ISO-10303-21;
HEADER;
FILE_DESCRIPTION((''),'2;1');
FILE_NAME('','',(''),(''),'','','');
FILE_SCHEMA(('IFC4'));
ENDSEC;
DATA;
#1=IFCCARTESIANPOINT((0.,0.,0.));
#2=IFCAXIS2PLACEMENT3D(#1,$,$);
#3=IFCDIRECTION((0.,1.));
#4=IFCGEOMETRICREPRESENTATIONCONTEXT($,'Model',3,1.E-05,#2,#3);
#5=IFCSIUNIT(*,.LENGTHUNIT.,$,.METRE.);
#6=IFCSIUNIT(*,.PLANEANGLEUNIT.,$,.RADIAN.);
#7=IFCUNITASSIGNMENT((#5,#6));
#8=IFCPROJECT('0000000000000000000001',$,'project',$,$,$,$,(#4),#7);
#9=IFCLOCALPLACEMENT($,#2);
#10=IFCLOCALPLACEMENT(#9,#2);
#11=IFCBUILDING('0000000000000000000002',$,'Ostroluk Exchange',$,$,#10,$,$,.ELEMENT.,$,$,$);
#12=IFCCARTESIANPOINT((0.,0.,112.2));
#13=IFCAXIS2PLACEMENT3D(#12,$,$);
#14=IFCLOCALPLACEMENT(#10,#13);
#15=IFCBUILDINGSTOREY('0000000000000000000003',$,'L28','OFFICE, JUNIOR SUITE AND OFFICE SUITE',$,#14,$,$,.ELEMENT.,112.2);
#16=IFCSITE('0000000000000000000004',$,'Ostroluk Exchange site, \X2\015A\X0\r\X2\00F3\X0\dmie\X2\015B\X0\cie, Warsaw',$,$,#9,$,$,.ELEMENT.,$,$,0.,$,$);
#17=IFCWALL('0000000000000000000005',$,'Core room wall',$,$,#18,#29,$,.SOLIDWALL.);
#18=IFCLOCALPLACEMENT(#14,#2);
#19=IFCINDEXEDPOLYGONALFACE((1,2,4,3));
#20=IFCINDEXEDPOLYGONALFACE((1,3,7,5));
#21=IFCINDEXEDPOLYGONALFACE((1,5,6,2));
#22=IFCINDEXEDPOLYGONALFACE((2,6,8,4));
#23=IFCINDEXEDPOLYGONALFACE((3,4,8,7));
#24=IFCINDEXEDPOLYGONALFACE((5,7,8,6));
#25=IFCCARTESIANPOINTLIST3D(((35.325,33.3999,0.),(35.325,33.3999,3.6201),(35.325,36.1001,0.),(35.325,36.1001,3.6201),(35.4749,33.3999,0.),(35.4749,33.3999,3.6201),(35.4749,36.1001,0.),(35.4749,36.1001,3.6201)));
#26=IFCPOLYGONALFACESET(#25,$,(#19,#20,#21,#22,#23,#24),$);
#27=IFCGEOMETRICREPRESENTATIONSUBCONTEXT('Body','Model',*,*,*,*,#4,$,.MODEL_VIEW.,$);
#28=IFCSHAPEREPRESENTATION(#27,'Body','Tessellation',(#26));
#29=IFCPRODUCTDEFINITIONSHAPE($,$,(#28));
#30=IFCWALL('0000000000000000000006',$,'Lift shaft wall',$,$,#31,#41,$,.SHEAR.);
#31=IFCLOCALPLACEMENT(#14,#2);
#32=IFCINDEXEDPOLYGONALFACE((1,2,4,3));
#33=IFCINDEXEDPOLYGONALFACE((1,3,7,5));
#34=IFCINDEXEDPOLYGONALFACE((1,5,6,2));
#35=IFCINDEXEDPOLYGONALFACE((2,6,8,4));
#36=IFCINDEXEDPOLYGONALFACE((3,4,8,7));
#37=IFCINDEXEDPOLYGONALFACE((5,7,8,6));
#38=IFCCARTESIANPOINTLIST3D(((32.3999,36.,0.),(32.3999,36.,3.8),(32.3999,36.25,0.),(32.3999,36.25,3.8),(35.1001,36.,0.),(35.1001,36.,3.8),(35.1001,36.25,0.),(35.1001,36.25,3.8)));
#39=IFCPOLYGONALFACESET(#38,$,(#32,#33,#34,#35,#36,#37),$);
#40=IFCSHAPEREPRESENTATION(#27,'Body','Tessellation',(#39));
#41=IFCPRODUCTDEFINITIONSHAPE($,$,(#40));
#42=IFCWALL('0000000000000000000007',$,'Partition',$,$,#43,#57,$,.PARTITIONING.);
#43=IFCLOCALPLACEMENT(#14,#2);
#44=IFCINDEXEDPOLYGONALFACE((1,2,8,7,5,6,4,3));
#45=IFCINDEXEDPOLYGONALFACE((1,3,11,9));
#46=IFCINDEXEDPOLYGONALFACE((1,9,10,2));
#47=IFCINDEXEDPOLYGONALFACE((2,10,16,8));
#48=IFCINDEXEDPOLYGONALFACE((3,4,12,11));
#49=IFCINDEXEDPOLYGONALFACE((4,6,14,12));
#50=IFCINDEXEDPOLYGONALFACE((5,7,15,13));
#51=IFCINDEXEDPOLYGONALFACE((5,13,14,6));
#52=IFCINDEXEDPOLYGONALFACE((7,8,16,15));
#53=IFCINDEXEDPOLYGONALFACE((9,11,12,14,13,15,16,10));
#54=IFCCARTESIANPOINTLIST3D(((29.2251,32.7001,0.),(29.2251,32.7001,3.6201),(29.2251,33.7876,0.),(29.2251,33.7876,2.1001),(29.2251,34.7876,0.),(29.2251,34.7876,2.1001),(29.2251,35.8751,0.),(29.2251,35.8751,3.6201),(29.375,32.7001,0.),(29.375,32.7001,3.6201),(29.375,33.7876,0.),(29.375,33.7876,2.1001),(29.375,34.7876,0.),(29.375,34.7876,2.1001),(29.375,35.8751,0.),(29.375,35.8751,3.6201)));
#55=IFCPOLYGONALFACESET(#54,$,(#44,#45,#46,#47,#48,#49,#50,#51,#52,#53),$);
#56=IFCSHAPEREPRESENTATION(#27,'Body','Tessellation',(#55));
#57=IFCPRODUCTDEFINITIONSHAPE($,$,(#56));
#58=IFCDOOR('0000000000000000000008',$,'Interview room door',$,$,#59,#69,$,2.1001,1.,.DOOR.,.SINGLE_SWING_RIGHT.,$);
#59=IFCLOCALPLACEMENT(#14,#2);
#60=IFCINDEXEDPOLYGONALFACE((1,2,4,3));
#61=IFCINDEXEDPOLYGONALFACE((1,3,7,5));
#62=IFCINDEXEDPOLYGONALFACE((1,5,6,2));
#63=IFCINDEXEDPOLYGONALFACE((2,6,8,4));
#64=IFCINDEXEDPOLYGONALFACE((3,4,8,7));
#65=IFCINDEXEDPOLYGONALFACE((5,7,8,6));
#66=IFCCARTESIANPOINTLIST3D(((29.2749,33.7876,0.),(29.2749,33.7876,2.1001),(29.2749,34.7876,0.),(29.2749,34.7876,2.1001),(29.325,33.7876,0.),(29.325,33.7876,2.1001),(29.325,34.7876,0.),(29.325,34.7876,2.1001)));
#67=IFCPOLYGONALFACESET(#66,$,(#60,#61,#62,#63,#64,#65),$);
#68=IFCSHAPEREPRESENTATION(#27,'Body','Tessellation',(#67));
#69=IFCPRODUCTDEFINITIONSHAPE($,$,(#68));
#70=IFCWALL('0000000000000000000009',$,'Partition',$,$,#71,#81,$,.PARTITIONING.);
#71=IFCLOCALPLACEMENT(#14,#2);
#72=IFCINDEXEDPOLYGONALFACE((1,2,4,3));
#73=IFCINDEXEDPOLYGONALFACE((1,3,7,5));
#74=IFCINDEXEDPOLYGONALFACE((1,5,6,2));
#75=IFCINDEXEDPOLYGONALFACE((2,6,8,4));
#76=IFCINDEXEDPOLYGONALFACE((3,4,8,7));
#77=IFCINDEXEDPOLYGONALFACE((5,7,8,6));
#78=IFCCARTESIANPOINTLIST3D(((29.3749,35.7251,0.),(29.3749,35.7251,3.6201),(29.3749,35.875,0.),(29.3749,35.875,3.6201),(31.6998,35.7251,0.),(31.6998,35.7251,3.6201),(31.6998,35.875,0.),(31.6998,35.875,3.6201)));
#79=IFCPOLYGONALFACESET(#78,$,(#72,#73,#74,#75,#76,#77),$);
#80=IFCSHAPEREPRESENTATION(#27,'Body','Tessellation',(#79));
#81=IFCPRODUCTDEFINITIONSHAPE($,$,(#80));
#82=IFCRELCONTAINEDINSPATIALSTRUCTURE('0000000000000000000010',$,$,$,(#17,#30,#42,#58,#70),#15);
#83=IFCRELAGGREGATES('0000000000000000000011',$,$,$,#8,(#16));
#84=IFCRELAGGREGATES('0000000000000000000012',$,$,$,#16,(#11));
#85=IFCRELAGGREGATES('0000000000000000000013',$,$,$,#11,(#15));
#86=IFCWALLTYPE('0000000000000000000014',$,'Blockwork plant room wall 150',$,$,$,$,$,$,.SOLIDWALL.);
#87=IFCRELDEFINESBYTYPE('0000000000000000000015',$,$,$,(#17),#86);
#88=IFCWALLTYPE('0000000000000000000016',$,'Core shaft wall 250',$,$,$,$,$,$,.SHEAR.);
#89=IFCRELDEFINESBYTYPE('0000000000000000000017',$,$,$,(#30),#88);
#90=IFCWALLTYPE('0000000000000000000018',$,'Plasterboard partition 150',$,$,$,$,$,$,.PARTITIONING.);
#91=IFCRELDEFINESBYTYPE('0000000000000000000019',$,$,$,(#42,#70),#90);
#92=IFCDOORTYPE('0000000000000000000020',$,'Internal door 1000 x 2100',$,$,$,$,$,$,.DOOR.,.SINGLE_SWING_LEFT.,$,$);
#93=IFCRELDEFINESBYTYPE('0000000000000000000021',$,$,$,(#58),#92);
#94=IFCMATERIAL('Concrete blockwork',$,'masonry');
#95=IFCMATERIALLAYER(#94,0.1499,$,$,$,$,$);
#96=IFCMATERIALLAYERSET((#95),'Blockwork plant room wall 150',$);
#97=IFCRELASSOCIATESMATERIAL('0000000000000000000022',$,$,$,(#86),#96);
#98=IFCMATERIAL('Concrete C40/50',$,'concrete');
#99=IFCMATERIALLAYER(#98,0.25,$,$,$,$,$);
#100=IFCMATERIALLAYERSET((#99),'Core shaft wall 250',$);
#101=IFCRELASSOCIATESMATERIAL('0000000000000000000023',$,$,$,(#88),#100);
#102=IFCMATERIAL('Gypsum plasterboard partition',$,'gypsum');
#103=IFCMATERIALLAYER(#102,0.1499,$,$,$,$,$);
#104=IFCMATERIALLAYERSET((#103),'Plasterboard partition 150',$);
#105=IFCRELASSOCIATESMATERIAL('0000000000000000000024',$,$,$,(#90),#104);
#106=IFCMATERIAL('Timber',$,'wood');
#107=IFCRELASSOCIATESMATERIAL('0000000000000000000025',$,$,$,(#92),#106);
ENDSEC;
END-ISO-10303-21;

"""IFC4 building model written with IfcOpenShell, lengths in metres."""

from ifc_helpers import new_model, si_unit, direction, frame, frame_2d, origin, place, context, subcontext, project, spatial, rectangle, extrude, material, layer, layer_set, type_object, element, fill, save


model = new_model("IFC4")

# Units and contexts
model_context = context("Model", 3, precision=1e-05, world=origin(), true_north=direction((0.0, 1.0)))
body_context = subcontext(model_context, "Body", "Model", "MODEL_VIEW")
ifc_project = project(units=[si_unit("LENGTHUNIT", "METRE"), si_unit("PLANEANGLEUNIT", "RADIAN")], contexts=[model_context])

# Site, building, storey
site_placement = place(None, origin())
site = spatial("IfcSite", under=ifc_project, at=site_placement, Name="Ostroluk Exchange site, Śródmieście, Warsaw", CompositionType="ELEMENT", RefElevation=0.0)
building_placement = place(site_placement, origin())
building = spatial("IfcBuilding", under=site, at=building_placement, Name="Ostroluk Exchange", CompositionType="ELEMENT")
storey_placement = place(building_placement, frame((0.0, 0.0, 112.2)))
storey = spatial("IfcBuildingStorey", under=building, at=storey_placement, Name="L28", Description="OFFICE, JUNIOR SUITE AND OFFICE SUITE", CompositionType="ELEMENT", Elevation=112.2)

# Walls
ifc_material_1 = material(Name="Concrete blockwork", Category="masonry")
ifc_layer_1 = layer(ifc_material_1, 0.1499)
ifc_layer_set_1 = layer_set([ifc_layer_1], Name="Blockwork plant room wall 150")
wall_type_1 = type_object("IfcWallType", Name="Blockwork plant room wall 150", PredefinedType="SOLIDWALL", material=ifc_layer_set_1)
wall_1_placement = place(storey_placement, frame((35.3999, 33.3999, 0.0), z_axis=(0.0, 0.0, 1.0), x_axis=(0.0, 1.0, 0.0)))
element("IfcWall", 1, at=wall_1_placement, inside=storey, type_object=wall_type_1, Name="Core room wall", PredefinedType="SOLIDWALL", context=body_context, shape_type="SweptSolid", body=[
    extrude(rectangle(XDim=2.7002, YDim=0.1499, at=frame_2d((1.3501, 0.0))), origin(), (0.0, 0.0, 1.0), 3.6201),
])
ifc_material_2 = material(Name="Concrete C40/50", Category="concrete")
ifc_layer_2 = layer(ifc_material_2, 0.25)
ifc_layer_set_2 = layer_set([ifc_layer_2], Name="Core shaft wall 250")
wall_type_2 = type_object("IfcWallType", Name="Core shaft wall 250", PredefinedType="SHEAR", material=ifc_layer_set_2)
wall_2_placement = place(storey_placement, frame((32.3999, 36.125, 0.0), z_axis=(0.0, 0.0, 1.0), x_axis=(1.0, 0.0, 0.0)))
element("IfcWall", 2, at=wall_2_placement, inside=storey, type_object=wall_type_2, Name="Lift shaft wall", PredefinedType="SHEAR", context=body_context, shape_type="SweptSolid", body=[
    extrude(rectangle(XDim=2.7002, YDim=0.25, at=frame_2d((1.3501, 0.0))), origin(), (0.0, 0.0, 1.0), 3.8),
])

# Wall, opening, door
ifc_material_3 = material(Name="Gypsum plasterboard partition", Category="gypsum")
ifc_layer_3 = layer(ifc_material_3, 0.1499)
ifc_layer_set_3 = layer_set([ifc_layer_3], Name="Plasterboard partition 150")
wall_type_3 = type_object("IfcWallType", Name="Plasterboard partition 150", PredefinedType="PARTITIONING", material=ifc_layer_set_3)
wall_3_placement = place(storey_placement, frame((29.3, 35.875, 0.0), z_axis=(0.0, 0.0, 1.0), x_axis=(0.0, -1.0, 0.0)))
wall_3 = element("IfcWall", 3, at=wall_3_placement, inside=storey, type_object=wall_type_3, Name="Partition", PredefinedType="PARTITIONING", context=body_context, shape_type="SweptSolid", body=[
    extrude(rectangle(XDim=3.175, YDim=0.1499, at=frame_2d((1.5874, 0.0))), origin(), (0.0, 0.0, 1.0), 3.6201),
])
opening_1_placement = place(wall_3_placement, frame((1.0874, 0.0, 0.0)))
opening_1 = element("IfcOpeningElement", 4, at=opening_1_placement, cuts=wall_3, PredefinedType="OPENING", context=body_context, shape_type="SweptSolid", body=[
    extrude(rectangle(XDim=1.0, YDim=2.1001, at=frame_2d((0.5, 1.05))), frame((0.0, 0.085, 0.0), z_axis=(0.0, -1.0, 0.0), x_axis=(1.0, 0.0, 0.0)), (0.0, 0.0, 1.0), 0.1699),
])
ifc_material_4 = material(Name="Timber", Category="wood")
door_type_1 = type_object("IfcDoorType", Name="Internal door 1000 x 2100", OperationType="SINGLE_SWING_LEFT", PredefinedType="DOOR", material=ifc_material_4)
door_1_placement = place(opening_1_placement, origin())
door_1 = element("IfcDoor", 5, at=door_1_placement, inside=storey, type_object=door_type_1, Name="Interview room door", OperationType="SINGLE_SWING_RIGHT", OverallHeight=2.1001, OverallWidth=1.0, PredefinedType="DOOR", context=body_context, shape_type="SweptSolid", body=[
    extrude(rectangle(XDim=1.0, YDim=2.1001, at=frame_2d((0.5, 1.05))), frame((0.0, 0.0249, 0.0), z_axis=(0.0, -1.0, 0.0), x_axis=(1.0, 0.0, 0.0)), (0.0, 0.0, 1.0), 0.05),
])
fill(opening_1, door_1)

# Wall
wall_4_placement = place(storey_placement, frame((31.7, 35.8, 0.0), z_axis=(0.0, 0.0, 1.0), x_axis=(-1.0, 0.0, 0.0)))
element("IfcWall", 6, at=wall_4_placement, inside=storey, type_object=wall_type_3, Name="Partition", PredefinedType="PARTITIONING", context=body_context, shape_type="SweptSolid", body=[
    extrude(rectangle(XDim=2.325, YDim=0.1499, at=frame_2d((1.1626, 0.0))), origin(), (0.0, 0.0, 1.0), 3.6201),
])

save(model, "model.ifc")
